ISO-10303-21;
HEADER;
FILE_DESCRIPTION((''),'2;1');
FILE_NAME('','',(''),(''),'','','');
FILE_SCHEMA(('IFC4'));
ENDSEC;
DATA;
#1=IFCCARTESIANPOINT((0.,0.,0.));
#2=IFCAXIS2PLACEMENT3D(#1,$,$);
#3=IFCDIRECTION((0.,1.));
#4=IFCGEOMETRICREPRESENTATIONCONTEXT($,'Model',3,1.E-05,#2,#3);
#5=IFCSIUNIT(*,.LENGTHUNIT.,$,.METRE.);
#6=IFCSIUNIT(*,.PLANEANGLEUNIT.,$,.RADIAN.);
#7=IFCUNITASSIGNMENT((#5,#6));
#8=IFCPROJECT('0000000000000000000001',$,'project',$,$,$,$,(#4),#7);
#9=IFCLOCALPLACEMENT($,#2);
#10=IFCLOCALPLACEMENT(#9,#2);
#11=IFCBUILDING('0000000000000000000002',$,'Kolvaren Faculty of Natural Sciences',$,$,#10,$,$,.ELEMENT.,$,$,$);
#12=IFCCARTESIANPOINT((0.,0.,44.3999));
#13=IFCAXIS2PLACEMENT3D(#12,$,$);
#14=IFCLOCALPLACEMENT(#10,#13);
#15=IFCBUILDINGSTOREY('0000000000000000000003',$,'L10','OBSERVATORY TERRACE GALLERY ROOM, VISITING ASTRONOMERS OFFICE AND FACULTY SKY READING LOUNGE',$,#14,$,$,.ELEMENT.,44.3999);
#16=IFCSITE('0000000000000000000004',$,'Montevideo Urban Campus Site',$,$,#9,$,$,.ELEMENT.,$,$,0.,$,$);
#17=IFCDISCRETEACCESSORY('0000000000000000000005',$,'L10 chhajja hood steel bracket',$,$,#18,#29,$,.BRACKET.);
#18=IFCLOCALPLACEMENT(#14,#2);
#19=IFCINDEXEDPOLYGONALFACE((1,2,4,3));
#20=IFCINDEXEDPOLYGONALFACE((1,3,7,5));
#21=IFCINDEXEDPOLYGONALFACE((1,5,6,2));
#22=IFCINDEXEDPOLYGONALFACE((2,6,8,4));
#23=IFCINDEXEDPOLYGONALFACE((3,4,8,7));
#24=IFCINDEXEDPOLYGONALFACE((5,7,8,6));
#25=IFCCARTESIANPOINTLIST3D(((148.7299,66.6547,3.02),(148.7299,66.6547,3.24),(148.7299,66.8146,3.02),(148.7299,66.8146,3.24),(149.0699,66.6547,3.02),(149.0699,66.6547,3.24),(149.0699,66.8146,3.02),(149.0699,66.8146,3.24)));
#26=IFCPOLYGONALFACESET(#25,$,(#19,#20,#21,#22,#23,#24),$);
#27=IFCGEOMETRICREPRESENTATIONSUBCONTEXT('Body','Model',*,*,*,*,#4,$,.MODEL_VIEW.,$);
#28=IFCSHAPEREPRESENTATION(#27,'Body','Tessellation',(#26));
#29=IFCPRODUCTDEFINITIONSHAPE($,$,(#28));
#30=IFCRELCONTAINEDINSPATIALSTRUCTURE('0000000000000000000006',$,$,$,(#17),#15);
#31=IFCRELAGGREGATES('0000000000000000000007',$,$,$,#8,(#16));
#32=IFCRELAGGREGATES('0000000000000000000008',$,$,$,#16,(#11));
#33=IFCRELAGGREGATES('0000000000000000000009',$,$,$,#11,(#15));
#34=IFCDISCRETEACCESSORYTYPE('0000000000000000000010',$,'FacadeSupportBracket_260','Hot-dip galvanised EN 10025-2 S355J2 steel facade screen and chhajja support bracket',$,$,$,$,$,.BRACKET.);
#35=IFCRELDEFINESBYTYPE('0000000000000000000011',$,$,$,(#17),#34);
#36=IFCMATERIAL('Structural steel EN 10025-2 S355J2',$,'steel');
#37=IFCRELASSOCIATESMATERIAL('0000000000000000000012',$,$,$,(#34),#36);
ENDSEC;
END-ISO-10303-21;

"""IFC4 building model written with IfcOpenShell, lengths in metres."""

from ifc_helpers import new_model, si_unit, direction, frame, origin, origin_2d, place, context, subcontext, project, spatial, rectangle, extrude, material, type_object, element, save


model = new_model("IFC4")

# Units and contexts
model_context = context("Model", 3, precision=1e-05, world=origin(), true_north=direction((0.0, 1.0)))
body_context = subcontext(model_context, "Body", "Model", "MODEL_VIEW")
ifc_project = project(units=[si_unit("LENGTHUNIT", "METRE"), si_unit("PLANEANGLEUNIT", "RADIAN")], contexts=[model_context])

# Site, building, storey
site_placement = place(None, origin())
site = spatial("IfcSite", under=ifc_project, at=site_placement, Name="Montevideo Urban Campus Site", CompositionType="ELEMENT", RefElevation=0.0)
building_placement = place(site_placement, origin())
building = spatial("IfcBuilding", under=site, at=building_placement, Name="Kolvaren Faculty of Natural Sciences", CompositionType="ELEMENT")
storey_placement = place(building_placement, frame((0.0, 0.0, 44.3999)))
storey = spatial("IfcBuildingStorey", under=building, at=storey_placement, Name="L10", Description="OBSERVATORY TERRACE GALLERY ROOM, VISITING ASTRONOMERS OFFICE AND FACULTY SKY READING LOUNGE", CompositionType="ELEMENT", Elevation=44.3999)

# Discrete accessory
ifc_material_1 = material(Name="Structural steel EN 10025-2 S355J2", Category="steel")
discrete_accessory_type = type_object("IfcDiscreteAccessoryType", Name="FacadeSupportBracket_260", Description="Hot-dip galvanised EN 10025-2 S355J2 steel facade screen and chhajja support bracket", PredefinedType="BRACKET", material=ifc_material_1)
discrete_accessory_placement = place(storey_placement, frame((148.8999, 66.7346, 3.02), z_axis=(0.0, 0.0, 1.0), x_axis=(0.0, 1.0, 0.0)))
element("IfcDiscreteAccessory", 1, at=discrete_accessory_placement, inside=storey, type_object=discrete_accessory_type, Name="L10 chhajja hood steel bracket", PredefinedType="BRACKET", context=body_context, shape_type="SweptSolid", body=[
    extrude(rectangle(XDim=0.1599, YDim=0.3401, at=origin_2d()), origin(), (0.0, 0.0, 1.0), 0.22),
])

save(model, "model.ifc")
